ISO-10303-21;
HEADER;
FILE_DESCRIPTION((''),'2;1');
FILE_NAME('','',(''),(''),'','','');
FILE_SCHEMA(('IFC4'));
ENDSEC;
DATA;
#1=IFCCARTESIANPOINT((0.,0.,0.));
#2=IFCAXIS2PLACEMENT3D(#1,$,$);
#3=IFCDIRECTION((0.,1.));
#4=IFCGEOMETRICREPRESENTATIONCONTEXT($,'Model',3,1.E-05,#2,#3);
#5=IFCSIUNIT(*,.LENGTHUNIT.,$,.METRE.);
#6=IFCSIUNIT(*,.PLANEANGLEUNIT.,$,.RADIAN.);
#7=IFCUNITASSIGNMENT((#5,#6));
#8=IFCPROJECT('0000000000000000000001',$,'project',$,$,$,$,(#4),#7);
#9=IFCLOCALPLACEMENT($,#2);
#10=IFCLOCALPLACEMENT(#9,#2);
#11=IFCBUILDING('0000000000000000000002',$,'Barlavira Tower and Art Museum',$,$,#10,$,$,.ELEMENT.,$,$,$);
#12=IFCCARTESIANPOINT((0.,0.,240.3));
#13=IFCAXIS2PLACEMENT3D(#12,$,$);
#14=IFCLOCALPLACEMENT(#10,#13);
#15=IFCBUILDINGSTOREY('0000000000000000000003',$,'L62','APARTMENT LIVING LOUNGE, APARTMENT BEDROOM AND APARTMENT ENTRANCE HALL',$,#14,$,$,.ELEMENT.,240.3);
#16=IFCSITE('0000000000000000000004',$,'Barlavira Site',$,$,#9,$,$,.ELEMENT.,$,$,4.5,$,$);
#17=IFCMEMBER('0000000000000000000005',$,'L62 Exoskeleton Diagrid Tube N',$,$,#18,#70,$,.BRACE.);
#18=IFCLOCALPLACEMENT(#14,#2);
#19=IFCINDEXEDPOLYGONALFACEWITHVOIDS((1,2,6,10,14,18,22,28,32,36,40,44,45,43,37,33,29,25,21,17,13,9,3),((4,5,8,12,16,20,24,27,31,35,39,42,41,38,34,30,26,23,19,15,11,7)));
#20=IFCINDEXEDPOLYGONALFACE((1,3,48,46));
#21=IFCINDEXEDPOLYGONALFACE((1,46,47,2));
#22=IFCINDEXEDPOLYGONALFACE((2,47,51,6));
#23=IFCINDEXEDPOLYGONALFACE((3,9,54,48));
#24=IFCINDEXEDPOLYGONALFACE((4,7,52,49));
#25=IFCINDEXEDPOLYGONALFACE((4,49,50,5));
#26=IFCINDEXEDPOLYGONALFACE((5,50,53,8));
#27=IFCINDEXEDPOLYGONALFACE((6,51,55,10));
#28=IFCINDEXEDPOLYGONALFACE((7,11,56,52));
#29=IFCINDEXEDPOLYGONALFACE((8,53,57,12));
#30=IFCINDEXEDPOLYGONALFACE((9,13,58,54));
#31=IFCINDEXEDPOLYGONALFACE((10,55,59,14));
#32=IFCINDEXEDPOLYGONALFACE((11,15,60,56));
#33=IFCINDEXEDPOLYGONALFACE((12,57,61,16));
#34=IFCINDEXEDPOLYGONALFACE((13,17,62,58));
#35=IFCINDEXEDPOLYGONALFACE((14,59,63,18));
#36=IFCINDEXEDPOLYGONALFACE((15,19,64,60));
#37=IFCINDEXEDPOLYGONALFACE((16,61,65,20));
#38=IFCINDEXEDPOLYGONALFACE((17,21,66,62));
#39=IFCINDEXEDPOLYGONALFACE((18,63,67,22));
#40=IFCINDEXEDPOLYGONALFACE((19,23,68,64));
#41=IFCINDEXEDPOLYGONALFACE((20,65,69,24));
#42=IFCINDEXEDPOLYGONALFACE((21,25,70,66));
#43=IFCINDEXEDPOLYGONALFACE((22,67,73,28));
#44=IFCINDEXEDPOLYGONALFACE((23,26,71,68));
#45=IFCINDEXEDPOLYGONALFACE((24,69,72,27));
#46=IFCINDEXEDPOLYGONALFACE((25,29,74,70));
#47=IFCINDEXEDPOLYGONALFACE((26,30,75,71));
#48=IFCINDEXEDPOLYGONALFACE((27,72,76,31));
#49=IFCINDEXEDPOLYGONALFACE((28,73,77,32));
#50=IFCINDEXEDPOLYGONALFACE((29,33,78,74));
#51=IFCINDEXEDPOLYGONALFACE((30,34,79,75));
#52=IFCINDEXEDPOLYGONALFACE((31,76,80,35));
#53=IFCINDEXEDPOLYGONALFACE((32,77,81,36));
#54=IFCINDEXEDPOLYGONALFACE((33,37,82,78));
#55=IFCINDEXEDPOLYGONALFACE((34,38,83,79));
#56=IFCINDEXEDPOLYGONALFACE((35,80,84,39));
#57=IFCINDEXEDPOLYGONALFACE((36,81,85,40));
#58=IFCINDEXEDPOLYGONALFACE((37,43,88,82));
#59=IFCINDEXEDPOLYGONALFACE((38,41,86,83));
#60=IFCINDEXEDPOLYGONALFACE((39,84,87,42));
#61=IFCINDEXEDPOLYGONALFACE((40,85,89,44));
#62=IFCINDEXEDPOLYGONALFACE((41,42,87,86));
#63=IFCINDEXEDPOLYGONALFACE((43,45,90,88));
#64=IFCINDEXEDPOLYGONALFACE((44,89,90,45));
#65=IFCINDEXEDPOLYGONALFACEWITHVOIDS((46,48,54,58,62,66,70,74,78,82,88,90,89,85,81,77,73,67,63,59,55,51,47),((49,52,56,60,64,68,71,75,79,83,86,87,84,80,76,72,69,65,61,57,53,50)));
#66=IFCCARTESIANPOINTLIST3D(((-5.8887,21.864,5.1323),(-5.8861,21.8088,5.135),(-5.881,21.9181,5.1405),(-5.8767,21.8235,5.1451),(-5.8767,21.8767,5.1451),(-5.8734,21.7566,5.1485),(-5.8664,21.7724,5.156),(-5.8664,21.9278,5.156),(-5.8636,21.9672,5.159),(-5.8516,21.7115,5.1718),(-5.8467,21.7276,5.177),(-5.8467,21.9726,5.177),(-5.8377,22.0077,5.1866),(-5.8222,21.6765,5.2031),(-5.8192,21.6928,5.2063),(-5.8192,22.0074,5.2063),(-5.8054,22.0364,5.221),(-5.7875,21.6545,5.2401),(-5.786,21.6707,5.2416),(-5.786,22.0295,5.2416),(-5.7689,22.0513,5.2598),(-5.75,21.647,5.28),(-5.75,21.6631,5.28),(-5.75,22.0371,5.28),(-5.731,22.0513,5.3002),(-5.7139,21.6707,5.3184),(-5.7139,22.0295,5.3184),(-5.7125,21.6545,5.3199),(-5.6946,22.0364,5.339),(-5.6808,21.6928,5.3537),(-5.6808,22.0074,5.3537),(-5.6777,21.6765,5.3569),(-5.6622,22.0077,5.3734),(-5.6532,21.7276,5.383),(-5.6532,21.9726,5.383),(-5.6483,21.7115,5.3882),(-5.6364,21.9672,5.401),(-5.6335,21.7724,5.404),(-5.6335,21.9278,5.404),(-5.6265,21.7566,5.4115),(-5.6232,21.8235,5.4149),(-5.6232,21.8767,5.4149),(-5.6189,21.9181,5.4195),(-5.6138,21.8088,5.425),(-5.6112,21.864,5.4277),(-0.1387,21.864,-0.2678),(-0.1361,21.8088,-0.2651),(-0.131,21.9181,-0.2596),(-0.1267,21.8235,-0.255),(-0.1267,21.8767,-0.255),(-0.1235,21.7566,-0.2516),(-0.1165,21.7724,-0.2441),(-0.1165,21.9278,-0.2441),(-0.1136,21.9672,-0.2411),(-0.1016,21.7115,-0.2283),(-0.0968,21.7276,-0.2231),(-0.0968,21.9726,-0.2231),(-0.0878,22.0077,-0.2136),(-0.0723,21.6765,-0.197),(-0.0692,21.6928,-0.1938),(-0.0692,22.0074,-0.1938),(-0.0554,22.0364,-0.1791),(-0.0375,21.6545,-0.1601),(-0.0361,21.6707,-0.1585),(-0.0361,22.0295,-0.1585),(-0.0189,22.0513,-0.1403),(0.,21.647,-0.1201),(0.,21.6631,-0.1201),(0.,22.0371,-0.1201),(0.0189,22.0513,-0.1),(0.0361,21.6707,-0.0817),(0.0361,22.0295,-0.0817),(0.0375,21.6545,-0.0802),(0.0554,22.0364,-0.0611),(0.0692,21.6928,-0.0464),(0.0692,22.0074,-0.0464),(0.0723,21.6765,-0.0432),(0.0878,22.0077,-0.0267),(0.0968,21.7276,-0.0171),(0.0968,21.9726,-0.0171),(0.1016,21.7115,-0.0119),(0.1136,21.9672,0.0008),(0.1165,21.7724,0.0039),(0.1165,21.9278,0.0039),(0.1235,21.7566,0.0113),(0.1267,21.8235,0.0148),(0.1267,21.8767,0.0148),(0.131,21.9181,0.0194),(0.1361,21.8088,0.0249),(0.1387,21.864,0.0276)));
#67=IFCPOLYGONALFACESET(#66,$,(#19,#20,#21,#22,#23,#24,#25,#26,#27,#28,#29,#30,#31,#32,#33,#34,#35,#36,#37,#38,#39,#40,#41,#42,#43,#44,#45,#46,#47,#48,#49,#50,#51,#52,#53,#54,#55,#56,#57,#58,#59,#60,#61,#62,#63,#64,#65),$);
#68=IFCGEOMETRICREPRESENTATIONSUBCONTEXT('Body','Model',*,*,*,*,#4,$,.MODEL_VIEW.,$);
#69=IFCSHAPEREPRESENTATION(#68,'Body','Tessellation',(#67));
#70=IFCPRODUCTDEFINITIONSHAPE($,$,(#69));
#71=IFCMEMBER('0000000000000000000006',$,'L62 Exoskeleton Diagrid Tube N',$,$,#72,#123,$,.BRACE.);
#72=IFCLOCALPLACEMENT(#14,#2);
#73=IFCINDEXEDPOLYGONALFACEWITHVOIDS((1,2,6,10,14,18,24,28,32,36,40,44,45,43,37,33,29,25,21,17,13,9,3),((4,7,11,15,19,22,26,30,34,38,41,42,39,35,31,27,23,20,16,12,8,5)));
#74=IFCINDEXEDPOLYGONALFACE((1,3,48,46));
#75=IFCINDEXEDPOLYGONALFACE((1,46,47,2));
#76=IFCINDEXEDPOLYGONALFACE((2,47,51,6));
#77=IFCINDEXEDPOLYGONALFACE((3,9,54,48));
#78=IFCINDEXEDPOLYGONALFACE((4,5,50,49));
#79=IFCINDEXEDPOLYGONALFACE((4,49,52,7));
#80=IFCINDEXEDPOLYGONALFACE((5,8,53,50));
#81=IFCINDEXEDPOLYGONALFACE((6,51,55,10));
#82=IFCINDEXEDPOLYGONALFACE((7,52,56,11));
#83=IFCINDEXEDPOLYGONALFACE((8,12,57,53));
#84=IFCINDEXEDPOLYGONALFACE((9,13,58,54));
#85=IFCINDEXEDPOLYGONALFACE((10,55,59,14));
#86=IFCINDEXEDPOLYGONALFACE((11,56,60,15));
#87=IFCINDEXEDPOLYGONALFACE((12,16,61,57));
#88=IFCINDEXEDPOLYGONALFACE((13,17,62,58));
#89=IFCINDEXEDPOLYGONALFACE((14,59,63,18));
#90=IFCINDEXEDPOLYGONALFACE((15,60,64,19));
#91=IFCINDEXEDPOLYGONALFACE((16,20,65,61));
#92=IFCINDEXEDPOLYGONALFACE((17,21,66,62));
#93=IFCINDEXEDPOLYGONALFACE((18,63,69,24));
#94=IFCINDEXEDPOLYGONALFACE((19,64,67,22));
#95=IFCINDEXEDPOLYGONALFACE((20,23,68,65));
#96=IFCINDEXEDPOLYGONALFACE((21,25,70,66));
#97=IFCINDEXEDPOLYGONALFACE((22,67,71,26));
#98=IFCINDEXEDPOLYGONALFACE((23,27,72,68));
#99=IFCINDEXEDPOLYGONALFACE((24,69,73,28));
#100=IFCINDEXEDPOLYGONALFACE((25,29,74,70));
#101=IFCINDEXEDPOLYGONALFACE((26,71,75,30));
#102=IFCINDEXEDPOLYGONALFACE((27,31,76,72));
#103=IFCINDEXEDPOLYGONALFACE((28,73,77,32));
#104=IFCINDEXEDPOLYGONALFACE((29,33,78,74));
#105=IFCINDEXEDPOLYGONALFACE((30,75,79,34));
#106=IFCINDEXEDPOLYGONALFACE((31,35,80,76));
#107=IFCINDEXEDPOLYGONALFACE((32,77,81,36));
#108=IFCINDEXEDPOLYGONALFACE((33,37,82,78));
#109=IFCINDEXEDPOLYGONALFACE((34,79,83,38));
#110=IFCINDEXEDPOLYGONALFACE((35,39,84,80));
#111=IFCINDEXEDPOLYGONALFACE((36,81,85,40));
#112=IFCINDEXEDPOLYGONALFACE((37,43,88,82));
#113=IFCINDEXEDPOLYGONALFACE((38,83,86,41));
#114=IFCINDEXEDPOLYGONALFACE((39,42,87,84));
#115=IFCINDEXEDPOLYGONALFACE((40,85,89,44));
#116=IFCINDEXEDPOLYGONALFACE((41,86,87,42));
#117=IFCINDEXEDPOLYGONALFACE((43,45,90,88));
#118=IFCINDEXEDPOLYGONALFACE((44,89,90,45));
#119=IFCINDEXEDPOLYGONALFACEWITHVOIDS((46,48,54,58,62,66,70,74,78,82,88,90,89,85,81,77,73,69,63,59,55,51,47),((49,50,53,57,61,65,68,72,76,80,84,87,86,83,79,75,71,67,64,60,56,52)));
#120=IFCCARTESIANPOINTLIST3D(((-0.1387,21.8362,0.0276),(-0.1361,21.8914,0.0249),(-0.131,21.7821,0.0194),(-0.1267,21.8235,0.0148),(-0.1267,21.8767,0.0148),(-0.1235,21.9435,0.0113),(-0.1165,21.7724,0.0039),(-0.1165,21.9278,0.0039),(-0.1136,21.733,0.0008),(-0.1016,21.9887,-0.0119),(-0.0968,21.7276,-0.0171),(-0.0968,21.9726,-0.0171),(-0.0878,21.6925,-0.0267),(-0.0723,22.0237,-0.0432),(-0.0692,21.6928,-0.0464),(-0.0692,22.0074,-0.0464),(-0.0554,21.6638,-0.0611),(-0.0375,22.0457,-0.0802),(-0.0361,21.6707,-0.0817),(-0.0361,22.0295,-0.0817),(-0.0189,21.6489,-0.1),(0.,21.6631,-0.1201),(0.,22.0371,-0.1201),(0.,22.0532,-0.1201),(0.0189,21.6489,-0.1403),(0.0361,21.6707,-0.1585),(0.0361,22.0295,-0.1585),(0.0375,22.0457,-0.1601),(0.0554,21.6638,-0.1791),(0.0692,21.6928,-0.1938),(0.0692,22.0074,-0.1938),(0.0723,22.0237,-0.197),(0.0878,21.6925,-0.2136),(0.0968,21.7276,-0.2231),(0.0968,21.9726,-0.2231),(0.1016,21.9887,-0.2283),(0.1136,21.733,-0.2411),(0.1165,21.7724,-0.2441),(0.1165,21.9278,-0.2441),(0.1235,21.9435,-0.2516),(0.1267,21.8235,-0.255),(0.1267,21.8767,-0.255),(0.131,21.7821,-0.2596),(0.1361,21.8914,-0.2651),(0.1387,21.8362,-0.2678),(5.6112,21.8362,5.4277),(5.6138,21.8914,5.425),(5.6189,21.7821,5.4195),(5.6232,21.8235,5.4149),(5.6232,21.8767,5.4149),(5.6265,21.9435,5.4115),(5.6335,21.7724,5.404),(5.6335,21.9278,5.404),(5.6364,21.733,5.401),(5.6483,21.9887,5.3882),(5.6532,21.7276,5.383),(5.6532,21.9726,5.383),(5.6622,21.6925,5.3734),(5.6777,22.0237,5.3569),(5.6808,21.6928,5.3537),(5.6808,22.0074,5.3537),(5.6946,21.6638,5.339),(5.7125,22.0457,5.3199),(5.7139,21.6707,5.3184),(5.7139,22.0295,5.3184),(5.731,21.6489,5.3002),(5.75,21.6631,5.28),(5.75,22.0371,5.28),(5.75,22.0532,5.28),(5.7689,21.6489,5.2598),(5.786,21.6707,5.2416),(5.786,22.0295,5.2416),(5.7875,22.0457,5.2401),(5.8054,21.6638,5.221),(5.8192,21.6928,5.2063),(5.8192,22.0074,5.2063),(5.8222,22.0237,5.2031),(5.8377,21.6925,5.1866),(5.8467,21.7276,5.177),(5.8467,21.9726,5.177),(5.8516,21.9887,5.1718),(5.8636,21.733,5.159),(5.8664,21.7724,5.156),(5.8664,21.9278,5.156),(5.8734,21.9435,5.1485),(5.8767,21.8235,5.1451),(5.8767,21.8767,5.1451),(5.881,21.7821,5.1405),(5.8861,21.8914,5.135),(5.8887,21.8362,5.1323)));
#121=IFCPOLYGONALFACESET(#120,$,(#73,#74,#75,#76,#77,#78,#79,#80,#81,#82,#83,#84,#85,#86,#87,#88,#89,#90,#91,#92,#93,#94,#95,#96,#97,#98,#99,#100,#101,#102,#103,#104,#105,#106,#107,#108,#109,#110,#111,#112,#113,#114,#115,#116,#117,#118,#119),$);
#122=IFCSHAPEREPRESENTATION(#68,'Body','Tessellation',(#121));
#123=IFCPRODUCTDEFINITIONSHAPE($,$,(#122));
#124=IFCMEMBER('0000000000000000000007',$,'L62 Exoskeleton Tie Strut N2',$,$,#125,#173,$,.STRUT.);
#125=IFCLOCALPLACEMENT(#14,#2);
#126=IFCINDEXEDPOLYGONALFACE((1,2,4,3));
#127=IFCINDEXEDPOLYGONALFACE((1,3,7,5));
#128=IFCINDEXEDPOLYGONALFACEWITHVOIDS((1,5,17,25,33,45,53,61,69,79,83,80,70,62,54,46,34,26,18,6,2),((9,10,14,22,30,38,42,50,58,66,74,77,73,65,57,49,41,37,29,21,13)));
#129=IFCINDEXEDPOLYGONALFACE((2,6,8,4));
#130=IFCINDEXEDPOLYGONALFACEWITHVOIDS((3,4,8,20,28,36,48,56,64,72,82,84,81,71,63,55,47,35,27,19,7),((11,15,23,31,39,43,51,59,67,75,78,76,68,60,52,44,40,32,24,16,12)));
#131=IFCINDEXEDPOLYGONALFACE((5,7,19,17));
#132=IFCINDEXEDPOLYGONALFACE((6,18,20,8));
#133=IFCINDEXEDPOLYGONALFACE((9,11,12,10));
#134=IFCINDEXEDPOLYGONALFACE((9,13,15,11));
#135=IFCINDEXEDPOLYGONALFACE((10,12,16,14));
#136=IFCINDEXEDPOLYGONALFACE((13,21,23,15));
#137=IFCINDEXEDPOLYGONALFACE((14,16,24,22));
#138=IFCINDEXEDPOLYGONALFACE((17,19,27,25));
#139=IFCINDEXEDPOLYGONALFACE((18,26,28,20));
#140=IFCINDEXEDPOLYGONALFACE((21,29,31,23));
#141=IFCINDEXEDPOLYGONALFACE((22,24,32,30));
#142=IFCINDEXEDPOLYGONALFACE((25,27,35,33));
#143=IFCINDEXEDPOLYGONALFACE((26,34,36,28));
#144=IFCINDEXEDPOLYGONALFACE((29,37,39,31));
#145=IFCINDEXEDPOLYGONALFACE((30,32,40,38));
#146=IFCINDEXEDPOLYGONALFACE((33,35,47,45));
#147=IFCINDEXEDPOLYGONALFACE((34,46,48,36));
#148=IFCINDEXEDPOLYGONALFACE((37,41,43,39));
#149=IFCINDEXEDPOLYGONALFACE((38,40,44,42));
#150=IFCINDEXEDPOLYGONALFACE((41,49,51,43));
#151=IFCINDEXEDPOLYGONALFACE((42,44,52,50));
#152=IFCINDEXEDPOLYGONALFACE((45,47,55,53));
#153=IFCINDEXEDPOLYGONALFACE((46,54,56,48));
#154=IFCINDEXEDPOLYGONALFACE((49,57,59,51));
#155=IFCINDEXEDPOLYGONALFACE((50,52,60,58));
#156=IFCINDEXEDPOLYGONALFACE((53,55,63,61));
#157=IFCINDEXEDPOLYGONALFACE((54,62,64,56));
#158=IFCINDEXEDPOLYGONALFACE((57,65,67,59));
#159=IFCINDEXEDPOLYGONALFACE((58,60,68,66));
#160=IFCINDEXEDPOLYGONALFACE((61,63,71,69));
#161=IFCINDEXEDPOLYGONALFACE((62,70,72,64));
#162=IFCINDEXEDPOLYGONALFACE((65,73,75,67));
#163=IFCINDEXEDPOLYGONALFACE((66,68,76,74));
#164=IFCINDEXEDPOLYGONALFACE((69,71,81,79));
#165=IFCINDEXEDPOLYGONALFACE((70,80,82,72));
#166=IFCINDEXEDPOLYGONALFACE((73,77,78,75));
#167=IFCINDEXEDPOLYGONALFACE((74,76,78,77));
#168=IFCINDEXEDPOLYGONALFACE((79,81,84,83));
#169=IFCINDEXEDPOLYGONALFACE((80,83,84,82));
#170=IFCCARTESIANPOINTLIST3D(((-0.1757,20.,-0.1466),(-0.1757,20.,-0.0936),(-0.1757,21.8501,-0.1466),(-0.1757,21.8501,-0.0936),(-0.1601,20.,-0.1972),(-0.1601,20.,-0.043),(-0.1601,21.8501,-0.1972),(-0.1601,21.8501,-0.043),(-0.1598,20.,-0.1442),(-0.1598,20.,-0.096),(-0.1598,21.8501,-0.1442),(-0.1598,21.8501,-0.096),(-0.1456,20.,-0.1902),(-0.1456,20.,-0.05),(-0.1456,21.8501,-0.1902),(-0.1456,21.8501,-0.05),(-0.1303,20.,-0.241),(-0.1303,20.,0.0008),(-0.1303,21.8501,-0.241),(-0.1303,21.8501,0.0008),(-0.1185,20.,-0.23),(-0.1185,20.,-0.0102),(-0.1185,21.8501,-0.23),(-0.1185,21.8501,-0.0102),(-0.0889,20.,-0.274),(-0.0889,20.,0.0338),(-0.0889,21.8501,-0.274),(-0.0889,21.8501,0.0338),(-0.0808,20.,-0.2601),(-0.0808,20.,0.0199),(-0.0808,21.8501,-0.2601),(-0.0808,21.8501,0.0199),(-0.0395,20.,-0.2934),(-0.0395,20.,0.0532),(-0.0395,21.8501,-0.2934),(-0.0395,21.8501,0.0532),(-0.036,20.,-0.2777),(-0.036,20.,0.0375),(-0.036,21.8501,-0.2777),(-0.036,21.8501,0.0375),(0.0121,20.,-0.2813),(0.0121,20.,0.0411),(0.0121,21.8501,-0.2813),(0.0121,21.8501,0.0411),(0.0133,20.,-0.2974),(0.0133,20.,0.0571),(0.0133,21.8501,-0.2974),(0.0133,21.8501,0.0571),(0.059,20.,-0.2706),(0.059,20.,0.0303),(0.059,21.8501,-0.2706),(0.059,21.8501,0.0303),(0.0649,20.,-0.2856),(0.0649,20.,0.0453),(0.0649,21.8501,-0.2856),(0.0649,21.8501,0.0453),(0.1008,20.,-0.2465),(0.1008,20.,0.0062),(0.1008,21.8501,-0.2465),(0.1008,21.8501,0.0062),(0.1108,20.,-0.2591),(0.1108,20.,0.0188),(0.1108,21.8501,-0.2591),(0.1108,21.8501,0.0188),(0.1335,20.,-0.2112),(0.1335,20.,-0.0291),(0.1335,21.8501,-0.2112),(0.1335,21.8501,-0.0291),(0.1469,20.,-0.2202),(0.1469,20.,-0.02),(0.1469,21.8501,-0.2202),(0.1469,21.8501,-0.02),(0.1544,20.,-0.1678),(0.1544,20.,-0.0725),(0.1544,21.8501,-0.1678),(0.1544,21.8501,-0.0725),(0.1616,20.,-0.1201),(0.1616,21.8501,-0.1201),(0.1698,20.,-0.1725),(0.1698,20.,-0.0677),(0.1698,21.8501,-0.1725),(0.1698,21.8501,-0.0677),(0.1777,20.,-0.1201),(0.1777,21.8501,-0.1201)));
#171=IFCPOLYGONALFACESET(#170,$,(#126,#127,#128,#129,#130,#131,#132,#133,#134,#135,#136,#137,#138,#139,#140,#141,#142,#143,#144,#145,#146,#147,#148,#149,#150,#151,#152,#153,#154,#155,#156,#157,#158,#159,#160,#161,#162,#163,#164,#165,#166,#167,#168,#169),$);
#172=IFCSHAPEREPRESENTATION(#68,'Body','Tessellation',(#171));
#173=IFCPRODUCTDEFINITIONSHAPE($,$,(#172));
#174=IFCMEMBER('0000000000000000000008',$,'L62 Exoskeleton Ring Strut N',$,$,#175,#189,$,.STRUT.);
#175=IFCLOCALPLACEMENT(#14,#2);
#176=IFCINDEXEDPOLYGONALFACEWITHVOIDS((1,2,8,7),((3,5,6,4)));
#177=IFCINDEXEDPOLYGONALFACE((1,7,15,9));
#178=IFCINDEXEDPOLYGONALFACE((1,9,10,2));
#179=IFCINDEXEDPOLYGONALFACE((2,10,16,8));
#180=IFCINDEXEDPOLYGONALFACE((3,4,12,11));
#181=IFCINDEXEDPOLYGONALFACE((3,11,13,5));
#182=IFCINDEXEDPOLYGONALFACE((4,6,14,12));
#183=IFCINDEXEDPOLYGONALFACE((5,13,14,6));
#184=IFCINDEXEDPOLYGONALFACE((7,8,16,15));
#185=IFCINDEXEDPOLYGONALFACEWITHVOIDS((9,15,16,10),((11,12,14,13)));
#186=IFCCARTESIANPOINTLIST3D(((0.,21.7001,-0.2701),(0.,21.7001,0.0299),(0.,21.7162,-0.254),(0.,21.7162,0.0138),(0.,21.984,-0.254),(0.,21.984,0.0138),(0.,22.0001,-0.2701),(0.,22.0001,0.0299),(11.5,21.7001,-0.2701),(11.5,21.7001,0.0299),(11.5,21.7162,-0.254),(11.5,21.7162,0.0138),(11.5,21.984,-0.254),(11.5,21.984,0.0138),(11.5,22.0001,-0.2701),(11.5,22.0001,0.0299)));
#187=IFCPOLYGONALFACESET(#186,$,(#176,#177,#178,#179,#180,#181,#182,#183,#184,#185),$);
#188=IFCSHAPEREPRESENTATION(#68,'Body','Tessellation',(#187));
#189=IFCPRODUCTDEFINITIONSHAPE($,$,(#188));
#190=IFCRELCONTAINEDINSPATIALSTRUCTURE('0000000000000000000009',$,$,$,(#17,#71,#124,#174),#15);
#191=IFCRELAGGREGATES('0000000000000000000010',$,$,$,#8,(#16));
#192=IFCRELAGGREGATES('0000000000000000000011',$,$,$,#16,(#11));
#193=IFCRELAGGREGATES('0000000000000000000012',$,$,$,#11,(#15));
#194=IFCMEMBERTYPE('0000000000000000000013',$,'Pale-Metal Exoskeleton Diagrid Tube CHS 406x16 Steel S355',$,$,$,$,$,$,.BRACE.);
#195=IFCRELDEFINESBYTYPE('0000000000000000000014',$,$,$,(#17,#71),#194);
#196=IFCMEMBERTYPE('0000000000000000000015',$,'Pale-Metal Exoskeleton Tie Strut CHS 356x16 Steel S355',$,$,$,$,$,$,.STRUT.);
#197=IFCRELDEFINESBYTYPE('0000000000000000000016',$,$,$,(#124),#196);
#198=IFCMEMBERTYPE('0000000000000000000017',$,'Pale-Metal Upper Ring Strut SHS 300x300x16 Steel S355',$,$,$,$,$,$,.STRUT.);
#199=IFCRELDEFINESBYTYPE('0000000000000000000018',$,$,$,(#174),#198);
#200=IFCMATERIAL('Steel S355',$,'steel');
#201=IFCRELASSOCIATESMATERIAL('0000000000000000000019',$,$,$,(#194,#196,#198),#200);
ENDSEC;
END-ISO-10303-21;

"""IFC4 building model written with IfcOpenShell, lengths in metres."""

from ifc_helpers import new_model, si_unit, direction, frame, origin, origin_2d, place, context, subcontext, project, spatial, hollow_rectangle, hollow_circle, extrude, material, material_profile, profile_set, type_object, element, save


model = new_model("IFC4")

# Units and contexts
model_context = context("Model", 3, precision=1e-05, world=origin(), true_north=direction((0.0, 1.0)))
body_context = subcontext(model_context, "Body", "Model", "MODEL_VIEW")
ifc_project = project(units=[si_unit("LENGTHUNIT", "METRE"), si_unit("PLANEANGLEUNIT", "RADIAN")], contexts=[model_context])

# Site, building, storey
site_placement = place(None, origin())
site = spatial("IfcSite", under=ifc_project, at=site_placement, Name="Barlavira Site", CompositionType="ELEMENT", RefElevation=4.5)
building_placement = place(site_placement, origin())
building = spatial("IfcBuilding", under=site, at=building_placement, Name="Barlavira Tower and Art Museum", CompositionType="ELEMENT")
storey_placement = place(building_placement, frame((0.0, 0.0, 240.3)))
storey = spatial("IfcBuildingStorey", under=building, at=storey_placement, Name="L62", Description="APARTMENT LIVING LOUNGE, APARTMENT BEDROOM AND APARTMENT ENTRANCE HALL", CompositionType="ELEMENT", Elevation=240.3)

# Members
ifc_material_1 = material(Name="Steel S355", Category="steel")
ifc_material_profile_1 = material_profile(ifc_material_1, hollow_circle(Radius=0.2031, WallThickness=0.0161, at=origin_2d()), Name="CHS 406.4x16.0")
ifc_profile_set_1 = profile_set([ifc_material_profile_1], Name="Steel S355")
member_type_1 = type_object("IfcMemberType", Name="Pale-Metal Exoskeleton Diagrid Tube CHS 406x16 Steel S355", PredefinedType="BRACE", material=ifc_profile_set_1)
for number, where, z_axis, x_axis, name in (
    (1, (0.0, 21.8501, -0.1201), (-0.728935, 0.0, 0.684583), (0.0, -1.0, 0.0), "L62 Exoskeleton Diagrid Tube N"),
    (2, (0.0, 21.8501, -0.1201), (0.728935, 0.0, 0.684583), (0.0, 1.0, 0.0), "L62 Exoskeleton Diagrid Tube N"),
):
    element("IfcMember", number, at=place(storey_placement, frame(where, z_axis=z_axis, x_axis=x_axis)), inside=storey, type_object=member_type_1, Name=name, PredefinedType="BRACE", context=body_context, shape_type="SweptSolid", body=[
        extrude(hollow_circle(Radius=0.2031, WallThickness=0.0161, at=origin_2d()), origin(), (0.0, 0.0, 1.0), 7.8882),
    ])
ifc_material_profile_2 = material_profile(ifc_material_1, hollow_circle(Radius=0.1777, WallThickness=0.0161, at=origin_2d()), Name="CHS 355.6x16.0")
ifc_profile_set_2 = profile_set([ifc_material_profile_2], Name="Steel S355")
member_type_2 = type_object("IfcMemberType", Name="Pale-Metal Exoskeleton Tie Strut CHS 356x16 Steel S355", PredefinedType="STRUT", material=ifc_profile_set_2)
member_1_placement = place(storey_placement, frame((0.0, 21.8501, -0.1201), z_axis=(0.0, -1.0, 0.0), x_axis=(1.0, 0.0, 0.0)))
element("IfcMember", 3, at=member_1_placement, inside=storey, type_object=member_type_2, Name="L62 Exoskeleton Tie Strut N2", PredefinedType="STRUT", context=body_context, shape_type="SweptSolid", body=[
    extrude(hollow_circle(Radius=0.1777, WallThickness=0.0161, at=origin_2d()), origin(), (0.0, 0.0, 1.0), 1.8501),
])
ifc_material_profile_3 = material_profile(ifc_material_1, hollow_rectangle(XDim=0.3, YDim=0.3, WallThickness=0.0161, at=origin_2d()), Name="SHS 300x300x16.0")
ifc_profile_set_3 = profile_set([ifc_material_profile_3], Name="Steel S355")
member_type_3 = type_object("IfcMemberType", Name="Pale-Metal Upper Ring Strut SHS 300x300x16 Steel S355", PredefinedType="STRUT", material=ifc_profile_set_3)
member_2_placement = place(storey_placement, frame((0.0, 21.8501, -0.1201), z_axis=(1.0, 0.0, 0.0), x_axis=(0.0, 1.0, 0.0)))
element("IfcMember", 4, at=member_2_placement, inside=storey, type_object=member_type_3, Name="L62 Exoskeleton Ring Strut N", PredefinedType="STRUT", context=body_context, shape_type="SweptSolid", body=[
    extrude(hollow_rectangle(XDim=0.3, YDim=0.3, WallThickness=0.0161, at=origin_2d()), origin(), (0.0, 0.0, 1.0), 11.5),
])

save(model, "model.ifc")
